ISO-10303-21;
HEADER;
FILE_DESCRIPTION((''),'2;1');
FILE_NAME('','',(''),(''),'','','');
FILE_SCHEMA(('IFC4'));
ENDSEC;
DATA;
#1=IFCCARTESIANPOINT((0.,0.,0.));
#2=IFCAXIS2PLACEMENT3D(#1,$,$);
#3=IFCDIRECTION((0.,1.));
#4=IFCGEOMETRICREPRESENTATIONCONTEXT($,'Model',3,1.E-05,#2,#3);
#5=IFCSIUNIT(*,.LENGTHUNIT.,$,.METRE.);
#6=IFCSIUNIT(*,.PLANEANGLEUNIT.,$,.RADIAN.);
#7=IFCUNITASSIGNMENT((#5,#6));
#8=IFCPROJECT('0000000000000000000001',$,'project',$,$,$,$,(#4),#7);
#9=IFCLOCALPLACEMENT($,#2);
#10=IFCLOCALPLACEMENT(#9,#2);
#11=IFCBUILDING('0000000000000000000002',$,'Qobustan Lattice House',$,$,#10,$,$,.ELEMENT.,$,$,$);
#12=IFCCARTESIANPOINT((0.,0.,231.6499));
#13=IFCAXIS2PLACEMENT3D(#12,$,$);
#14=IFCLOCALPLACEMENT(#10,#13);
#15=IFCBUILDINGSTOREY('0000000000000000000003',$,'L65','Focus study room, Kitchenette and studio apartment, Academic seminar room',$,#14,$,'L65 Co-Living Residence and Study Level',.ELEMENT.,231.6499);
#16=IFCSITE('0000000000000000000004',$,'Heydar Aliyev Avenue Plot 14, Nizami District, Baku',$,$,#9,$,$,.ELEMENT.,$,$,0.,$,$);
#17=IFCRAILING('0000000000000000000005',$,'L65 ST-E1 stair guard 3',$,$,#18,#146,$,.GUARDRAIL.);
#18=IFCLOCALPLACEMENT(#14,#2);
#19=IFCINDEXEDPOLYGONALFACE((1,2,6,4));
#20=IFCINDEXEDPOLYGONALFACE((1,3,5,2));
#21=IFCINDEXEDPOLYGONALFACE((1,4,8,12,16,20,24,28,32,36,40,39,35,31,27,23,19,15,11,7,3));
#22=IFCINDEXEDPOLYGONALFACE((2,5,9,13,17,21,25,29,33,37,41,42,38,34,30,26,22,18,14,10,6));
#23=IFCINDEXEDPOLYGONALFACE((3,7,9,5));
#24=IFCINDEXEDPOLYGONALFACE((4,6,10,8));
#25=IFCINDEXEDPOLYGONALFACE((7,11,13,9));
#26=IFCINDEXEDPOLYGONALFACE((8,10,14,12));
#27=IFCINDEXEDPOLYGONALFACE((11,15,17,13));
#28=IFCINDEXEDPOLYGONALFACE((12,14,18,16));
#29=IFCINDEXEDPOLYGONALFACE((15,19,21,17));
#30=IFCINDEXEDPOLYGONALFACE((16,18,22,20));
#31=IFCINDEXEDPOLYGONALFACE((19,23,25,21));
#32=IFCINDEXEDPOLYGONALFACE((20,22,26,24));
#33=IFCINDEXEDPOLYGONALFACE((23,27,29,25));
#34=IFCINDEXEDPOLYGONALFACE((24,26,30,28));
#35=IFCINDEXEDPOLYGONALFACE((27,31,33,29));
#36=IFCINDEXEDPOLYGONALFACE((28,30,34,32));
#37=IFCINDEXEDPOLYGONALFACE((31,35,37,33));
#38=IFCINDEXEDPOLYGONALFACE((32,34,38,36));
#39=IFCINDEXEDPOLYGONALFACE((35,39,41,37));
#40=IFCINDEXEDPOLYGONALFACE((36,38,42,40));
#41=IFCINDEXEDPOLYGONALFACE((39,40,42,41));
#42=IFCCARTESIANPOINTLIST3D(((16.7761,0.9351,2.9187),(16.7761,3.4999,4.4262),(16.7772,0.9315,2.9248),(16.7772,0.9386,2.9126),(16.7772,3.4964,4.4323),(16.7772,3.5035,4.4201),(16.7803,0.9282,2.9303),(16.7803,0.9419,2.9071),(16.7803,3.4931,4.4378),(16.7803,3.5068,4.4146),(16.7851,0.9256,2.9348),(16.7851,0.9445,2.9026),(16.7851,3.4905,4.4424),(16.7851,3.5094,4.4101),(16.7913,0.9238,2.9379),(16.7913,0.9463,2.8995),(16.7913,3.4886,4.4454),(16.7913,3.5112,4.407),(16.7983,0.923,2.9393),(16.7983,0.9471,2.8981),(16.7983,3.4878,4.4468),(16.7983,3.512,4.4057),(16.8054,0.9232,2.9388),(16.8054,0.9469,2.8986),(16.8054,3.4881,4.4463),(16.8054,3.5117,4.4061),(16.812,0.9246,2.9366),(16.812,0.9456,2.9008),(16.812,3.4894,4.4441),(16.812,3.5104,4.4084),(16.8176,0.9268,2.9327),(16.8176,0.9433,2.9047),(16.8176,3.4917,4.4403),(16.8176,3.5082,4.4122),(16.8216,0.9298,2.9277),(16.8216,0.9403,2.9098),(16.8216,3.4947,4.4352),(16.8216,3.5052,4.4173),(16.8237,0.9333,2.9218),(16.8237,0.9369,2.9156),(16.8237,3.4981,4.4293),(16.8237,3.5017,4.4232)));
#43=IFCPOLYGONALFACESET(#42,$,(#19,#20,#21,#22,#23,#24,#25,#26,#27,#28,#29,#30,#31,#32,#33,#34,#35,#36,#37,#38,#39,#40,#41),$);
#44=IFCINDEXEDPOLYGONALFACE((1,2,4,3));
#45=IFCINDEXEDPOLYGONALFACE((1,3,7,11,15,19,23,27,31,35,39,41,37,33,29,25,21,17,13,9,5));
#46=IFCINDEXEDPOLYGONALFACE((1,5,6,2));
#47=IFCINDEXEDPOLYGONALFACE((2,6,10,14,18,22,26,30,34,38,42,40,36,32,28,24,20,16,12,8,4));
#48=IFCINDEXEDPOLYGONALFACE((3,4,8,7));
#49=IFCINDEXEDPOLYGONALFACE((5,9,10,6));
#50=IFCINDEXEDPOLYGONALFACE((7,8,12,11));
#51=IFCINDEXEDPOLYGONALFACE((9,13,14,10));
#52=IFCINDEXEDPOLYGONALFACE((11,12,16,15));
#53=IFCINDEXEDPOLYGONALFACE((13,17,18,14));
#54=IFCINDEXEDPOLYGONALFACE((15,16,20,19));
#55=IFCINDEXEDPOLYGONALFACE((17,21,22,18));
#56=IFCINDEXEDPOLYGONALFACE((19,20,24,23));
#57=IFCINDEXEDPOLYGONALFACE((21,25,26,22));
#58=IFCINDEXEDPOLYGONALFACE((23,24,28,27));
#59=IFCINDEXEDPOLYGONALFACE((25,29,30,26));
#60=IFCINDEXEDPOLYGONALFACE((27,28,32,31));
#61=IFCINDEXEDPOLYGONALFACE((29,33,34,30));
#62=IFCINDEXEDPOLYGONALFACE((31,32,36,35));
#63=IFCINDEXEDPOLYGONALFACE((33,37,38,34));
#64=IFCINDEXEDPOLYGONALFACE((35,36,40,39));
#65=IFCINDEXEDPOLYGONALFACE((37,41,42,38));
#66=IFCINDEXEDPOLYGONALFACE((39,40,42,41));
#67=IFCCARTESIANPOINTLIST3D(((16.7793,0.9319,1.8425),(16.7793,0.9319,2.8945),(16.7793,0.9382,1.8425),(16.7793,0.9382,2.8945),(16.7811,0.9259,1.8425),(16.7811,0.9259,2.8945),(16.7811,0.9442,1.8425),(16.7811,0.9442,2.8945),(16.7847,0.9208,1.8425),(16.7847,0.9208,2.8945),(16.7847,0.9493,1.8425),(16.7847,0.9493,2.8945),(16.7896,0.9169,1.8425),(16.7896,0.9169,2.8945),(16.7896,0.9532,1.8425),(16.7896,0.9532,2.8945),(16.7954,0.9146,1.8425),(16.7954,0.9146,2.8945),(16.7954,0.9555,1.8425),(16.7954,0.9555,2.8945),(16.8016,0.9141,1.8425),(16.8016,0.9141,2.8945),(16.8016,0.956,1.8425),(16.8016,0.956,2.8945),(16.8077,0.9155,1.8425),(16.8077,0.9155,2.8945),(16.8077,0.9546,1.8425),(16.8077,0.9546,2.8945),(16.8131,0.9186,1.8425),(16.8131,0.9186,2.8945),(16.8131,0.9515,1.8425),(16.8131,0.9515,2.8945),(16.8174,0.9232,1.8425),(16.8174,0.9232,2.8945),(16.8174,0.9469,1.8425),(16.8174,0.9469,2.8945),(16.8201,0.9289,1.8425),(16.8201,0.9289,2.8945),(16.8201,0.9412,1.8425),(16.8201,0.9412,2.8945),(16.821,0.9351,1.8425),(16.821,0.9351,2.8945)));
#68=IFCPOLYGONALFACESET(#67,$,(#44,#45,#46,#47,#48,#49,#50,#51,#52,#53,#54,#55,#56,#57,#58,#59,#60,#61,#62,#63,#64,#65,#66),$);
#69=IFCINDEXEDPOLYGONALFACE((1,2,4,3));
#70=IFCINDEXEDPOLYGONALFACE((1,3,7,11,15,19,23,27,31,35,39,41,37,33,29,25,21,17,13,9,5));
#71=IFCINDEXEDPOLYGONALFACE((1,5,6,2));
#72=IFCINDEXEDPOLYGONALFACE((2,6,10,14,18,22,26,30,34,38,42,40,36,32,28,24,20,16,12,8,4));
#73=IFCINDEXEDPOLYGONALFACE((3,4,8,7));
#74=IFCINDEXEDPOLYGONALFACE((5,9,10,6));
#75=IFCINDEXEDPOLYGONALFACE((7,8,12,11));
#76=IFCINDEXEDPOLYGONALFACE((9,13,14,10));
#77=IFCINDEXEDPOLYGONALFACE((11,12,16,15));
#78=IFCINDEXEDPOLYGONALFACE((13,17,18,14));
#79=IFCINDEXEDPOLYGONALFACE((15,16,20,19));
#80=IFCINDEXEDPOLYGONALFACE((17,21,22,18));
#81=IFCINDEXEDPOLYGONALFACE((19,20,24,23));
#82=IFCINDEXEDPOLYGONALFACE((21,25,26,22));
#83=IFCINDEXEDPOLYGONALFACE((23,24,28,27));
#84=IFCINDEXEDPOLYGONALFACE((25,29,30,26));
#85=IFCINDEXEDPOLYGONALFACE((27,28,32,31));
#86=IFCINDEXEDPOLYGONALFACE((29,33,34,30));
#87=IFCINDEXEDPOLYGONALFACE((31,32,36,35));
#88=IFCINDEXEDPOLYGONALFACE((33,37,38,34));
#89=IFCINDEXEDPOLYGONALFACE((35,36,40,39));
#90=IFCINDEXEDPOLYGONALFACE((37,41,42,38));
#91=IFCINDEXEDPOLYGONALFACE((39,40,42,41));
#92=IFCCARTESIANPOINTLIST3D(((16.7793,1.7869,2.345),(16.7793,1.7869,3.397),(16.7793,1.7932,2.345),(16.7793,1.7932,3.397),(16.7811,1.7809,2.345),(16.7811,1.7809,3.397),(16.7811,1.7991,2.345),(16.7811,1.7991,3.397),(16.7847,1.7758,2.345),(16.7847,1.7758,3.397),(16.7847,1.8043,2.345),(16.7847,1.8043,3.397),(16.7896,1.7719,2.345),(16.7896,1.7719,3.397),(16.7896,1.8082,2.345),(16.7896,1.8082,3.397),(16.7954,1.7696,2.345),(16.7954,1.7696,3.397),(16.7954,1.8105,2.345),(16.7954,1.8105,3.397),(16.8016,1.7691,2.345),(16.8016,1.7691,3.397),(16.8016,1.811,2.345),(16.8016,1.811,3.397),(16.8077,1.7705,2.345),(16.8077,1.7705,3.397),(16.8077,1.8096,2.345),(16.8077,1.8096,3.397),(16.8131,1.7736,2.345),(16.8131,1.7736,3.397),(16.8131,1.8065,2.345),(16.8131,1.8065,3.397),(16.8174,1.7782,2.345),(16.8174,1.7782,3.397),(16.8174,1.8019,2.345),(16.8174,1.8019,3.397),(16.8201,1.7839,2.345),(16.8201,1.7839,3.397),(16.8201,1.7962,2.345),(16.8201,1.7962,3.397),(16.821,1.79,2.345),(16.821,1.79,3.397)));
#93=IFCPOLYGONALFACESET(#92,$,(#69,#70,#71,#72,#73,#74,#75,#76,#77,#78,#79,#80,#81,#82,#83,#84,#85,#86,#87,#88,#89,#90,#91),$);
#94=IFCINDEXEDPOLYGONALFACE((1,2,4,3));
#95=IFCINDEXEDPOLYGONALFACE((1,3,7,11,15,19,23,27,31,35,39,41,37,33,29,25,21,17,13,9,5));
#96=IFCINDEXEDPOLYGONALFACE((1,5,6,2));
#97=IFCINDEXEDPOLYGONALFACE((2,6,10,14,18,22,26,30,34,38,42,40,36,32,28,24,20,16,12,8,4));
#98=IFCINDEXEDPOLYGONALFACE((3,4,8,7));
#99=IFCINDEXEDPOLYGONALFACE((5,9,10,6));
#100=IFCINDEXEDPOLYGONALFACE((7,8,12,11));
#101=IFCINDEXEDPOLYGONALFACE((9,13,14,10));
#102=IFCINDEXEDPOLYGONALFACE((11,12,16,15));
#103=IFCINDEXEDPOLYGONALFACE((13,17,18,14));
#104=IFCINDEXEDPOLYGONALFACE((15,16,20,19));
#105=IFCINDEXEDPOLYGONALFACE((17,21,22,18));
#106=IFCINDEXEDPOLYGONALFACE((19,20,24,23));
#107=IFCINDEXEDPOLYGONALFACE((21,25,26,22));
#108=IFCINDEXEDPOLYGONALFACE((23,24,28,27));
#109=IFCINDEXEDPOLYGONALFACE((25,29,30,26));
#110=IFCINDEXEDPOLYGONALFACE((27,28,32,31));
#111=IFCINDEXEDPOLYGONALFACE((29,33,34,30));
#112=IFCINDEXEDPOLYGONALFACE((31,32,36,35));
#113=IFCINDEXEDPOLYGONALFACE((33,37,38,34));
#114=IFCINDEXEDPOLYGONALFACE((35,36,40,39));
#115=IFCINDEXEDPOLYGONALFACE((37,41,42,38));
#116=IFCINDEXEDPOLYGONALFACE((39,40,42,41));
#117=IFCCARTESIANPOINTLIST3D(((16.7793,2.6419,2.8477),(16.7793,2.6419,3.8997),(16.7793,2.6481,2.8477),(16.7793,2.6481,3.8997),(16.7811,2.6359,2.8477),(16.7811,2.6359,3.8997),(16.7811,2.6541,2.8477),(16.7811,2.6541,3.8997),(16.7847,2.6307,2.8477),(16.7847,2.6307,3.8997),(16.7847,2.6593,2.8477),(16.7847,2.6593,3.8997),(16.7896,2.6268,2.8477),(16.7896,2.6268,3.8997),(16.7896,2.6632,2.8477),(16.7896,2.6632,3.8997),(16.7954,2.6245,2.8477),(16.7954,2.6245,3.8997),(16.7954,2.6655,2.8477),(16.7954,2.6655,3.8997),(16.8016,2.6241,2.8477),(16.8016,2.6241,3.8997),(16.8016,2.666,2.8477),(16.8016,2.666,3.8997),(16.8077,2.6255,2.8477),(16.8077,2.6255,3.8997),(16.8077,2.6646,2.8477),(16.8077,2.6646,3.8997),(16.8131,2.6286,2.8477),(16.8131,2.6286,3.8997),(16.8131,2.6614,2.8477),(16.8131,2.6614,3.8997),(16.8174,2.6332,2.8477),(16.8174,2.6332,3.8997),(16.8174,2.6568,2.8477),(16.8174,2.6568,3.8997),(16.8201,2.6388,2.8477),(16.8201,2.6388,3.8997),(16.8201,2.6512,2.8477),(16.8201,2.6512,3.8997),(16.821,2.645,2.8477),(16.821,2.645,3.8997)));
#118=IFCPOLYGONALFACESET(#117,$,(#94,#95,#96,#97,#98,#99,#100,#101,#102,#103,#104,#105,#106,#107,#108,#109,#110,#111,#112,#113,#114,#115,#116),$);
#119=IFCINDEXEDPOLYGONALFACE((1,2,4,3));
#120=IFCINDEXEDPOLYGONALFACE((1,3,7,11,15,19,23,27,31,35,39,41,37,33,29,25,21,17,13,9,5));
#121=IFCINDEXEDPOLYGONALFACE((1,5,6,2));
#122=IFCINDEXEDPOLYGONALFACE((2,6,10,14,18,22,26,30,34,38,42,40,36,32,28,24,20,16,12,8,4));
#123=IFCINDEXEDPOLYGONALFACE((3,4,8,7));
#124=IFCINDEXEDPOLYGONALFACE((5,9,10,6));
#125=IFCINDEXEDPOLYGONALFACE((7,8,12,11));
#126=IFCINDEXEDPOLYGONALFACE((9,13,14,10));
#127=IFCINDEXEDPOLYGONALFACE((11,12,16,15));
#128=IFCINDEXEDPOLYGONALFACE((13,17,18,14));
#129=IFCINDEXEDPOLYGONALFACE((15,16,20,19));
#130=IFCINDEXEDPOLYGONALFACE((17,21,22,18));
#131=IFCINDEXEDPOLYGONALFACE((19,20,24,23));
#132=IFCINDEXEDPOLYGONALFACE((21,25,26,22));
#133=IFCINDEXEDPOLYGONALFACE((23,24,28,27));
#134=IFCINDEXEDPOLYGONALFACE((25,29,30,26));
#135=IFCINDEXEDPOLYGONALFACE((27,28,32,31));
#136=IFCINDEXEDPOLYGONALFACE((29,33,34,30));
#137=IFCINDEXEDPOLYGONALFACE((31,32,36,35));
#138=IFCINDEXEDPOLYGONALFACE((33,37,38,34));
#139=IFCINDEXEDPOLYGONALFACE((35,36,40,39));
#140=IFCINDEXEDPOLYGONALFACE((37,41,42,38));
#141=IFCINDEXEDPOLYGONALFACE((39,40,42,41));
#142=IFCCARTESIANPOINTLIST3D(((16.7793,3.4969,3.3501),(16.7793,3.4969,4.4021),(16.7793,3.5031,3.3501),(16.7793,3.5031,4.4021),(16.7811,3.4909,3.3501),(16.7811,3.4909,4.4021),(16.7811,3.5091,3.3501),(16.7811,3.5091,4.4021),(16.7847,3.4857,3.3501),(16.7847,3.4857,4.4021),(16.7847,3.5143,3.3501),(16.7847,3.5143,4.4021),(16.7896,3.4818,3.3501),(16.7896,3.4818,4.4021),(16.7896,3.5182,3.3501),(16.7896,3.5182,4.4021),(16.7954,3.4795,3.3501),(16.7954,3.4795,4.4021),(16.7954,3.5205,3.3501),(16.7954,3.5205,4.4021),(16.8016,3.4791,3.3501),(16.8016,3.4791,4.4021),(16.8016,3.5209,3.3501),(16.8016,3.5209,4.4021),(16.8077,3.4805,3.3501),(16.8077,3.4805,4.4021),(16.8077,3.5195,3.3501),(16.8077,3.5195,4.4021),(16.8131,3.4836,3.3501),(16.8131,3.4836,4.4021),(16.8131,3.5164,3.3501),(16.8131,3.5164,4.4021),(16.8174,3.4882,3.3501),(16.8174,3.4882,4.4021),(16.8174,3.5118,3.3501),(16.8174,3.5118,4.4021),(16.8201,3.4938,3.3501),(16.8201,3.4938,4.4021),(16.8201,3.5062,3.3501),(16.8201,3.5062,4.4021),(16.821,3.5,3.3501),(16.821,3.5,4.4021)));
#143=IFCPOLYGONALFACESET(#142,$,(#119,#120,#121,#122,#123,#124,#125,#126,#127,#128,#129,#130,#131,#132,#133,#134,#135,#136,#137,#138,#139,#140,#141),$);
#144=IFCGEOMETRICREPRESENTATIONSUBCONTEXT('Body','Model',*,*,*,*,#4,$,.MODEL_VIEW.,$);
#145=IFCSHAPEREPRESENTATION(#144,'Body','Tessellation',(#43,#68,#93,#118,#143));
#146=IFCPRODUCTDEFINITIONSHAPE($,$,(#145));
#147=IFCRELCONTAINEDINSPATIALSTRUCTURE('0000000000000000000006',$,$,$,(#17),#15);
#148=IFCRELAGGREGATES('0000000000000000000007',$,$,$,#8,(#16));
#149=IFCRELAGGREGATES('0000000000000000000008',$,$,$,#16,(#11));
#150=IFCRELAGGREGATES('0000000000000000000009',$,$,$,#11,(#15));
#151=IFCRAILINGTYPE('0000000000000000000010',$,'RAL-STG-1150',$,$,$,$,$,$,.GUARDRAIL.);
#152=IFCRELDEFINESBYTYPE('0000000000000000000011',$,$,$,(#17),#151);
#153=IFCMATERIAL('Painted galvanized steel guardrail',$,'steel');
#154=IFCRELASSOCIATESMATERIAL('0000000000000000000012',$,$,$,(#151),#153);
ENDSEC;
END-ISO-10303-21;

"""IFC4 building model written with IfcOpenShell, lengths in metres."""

from ifc_helpers import new_model, si_unit, direction, frame, origin, origin_2d, place, context, subcontext, project, spatial, circle, extrude, material, type_object, element, save


model = new_model("IFC4")

# Units and contexts
model_context = context("Model", 3, precision=1e-05, world=origin(), true_north=direction((0.0, 1.0)))
body_context = subcontext(model_context, "Body", "Model", "MODEL_VIEW")
ifc_project = project(units=[si_unit("LENGTHUNIT", "METRE"), si_unit("PLANEANGLEUNIT", "RADIAN")], contexts=[model_context])

# Site, building, storey
site_placement = place(None, origin())
site = spatial("IfcSite", under=ifc_project, at=site_placement, Name="Heydar Aliyev Avenue Plot 14, Nizami District, Baku", CompositionType="ELEMENT", RefElevation=0.0)
building_placement = place(site_placement, origin())
building = spatial("IfcBuilding", under=site, at=building_placement, Name="Qobustan Lattice House", CompositionType="ELEMENT")
storey_placement = place(building_placement, frame((0.0, 0.0, 231.6499)))
storey = spatial("IfcBuildingStorey", under=building, at=storey_placement, Name="L65", Description="Focus study room, Kitchenette and studio apartment, Academic seminar room", LongName="L65 Co-Living Residence and Study Level", CompositionType="ELEMENT", Elevation=231.6499)

# Railing
ifc_material_1 = material(Name="Painted galvanized steel guardrail", Category="steel")
railing_type_1 = type_object("IfcRailingType", Name="RAL-STG-1150", PredefinedType="GUARDRAIL", material=ifc_material_1)
railing_1_placement = place(storey_placement, frame((16.8, 0.9351, 1.8425)))
element("IfcRailing", 1, at=railing_1_placement, inside=storey, type_object=railing_type_1, Name="L65 ST-E1 stair guard 3", PredefinedType="GUARDRAIL", context=body_context, shape_type="SweptSolid", body=[
    extrude(circle(Radius=0.0239, at=origin_2d()), frame((0.0, 0.0, 1.0762), z_axis=(0.0, 0.862113, 0.506715), x_axis=(-1.0, 0.0, 0.0)), (0.0, 0.0, 1.0), 2.9751),
    extrude(circle(Radius=0.021, at=origin_2d()), origin(), (0.0, 0.0, 1.0), 1.052),
    extrude(circle(Radius=0.021, at=origin_2d()), frame((0.0, 0.855, 0.5024)), (0.0, 0.0, 1.0), 1.052),
    extrude(circle(Radius=0.021, at=origin_2d()), frame((0.0, 1.71, 1.0051)), (0.0, 0.0, 1.0), 1.052),
    extrude(circle(Radius=0.021, at=origin_2d()), frame((0.0, 2.5649, 1.5076)), (0.0, 0.0, 1.0), 1.052),
])

save(model, "model.ifc")
